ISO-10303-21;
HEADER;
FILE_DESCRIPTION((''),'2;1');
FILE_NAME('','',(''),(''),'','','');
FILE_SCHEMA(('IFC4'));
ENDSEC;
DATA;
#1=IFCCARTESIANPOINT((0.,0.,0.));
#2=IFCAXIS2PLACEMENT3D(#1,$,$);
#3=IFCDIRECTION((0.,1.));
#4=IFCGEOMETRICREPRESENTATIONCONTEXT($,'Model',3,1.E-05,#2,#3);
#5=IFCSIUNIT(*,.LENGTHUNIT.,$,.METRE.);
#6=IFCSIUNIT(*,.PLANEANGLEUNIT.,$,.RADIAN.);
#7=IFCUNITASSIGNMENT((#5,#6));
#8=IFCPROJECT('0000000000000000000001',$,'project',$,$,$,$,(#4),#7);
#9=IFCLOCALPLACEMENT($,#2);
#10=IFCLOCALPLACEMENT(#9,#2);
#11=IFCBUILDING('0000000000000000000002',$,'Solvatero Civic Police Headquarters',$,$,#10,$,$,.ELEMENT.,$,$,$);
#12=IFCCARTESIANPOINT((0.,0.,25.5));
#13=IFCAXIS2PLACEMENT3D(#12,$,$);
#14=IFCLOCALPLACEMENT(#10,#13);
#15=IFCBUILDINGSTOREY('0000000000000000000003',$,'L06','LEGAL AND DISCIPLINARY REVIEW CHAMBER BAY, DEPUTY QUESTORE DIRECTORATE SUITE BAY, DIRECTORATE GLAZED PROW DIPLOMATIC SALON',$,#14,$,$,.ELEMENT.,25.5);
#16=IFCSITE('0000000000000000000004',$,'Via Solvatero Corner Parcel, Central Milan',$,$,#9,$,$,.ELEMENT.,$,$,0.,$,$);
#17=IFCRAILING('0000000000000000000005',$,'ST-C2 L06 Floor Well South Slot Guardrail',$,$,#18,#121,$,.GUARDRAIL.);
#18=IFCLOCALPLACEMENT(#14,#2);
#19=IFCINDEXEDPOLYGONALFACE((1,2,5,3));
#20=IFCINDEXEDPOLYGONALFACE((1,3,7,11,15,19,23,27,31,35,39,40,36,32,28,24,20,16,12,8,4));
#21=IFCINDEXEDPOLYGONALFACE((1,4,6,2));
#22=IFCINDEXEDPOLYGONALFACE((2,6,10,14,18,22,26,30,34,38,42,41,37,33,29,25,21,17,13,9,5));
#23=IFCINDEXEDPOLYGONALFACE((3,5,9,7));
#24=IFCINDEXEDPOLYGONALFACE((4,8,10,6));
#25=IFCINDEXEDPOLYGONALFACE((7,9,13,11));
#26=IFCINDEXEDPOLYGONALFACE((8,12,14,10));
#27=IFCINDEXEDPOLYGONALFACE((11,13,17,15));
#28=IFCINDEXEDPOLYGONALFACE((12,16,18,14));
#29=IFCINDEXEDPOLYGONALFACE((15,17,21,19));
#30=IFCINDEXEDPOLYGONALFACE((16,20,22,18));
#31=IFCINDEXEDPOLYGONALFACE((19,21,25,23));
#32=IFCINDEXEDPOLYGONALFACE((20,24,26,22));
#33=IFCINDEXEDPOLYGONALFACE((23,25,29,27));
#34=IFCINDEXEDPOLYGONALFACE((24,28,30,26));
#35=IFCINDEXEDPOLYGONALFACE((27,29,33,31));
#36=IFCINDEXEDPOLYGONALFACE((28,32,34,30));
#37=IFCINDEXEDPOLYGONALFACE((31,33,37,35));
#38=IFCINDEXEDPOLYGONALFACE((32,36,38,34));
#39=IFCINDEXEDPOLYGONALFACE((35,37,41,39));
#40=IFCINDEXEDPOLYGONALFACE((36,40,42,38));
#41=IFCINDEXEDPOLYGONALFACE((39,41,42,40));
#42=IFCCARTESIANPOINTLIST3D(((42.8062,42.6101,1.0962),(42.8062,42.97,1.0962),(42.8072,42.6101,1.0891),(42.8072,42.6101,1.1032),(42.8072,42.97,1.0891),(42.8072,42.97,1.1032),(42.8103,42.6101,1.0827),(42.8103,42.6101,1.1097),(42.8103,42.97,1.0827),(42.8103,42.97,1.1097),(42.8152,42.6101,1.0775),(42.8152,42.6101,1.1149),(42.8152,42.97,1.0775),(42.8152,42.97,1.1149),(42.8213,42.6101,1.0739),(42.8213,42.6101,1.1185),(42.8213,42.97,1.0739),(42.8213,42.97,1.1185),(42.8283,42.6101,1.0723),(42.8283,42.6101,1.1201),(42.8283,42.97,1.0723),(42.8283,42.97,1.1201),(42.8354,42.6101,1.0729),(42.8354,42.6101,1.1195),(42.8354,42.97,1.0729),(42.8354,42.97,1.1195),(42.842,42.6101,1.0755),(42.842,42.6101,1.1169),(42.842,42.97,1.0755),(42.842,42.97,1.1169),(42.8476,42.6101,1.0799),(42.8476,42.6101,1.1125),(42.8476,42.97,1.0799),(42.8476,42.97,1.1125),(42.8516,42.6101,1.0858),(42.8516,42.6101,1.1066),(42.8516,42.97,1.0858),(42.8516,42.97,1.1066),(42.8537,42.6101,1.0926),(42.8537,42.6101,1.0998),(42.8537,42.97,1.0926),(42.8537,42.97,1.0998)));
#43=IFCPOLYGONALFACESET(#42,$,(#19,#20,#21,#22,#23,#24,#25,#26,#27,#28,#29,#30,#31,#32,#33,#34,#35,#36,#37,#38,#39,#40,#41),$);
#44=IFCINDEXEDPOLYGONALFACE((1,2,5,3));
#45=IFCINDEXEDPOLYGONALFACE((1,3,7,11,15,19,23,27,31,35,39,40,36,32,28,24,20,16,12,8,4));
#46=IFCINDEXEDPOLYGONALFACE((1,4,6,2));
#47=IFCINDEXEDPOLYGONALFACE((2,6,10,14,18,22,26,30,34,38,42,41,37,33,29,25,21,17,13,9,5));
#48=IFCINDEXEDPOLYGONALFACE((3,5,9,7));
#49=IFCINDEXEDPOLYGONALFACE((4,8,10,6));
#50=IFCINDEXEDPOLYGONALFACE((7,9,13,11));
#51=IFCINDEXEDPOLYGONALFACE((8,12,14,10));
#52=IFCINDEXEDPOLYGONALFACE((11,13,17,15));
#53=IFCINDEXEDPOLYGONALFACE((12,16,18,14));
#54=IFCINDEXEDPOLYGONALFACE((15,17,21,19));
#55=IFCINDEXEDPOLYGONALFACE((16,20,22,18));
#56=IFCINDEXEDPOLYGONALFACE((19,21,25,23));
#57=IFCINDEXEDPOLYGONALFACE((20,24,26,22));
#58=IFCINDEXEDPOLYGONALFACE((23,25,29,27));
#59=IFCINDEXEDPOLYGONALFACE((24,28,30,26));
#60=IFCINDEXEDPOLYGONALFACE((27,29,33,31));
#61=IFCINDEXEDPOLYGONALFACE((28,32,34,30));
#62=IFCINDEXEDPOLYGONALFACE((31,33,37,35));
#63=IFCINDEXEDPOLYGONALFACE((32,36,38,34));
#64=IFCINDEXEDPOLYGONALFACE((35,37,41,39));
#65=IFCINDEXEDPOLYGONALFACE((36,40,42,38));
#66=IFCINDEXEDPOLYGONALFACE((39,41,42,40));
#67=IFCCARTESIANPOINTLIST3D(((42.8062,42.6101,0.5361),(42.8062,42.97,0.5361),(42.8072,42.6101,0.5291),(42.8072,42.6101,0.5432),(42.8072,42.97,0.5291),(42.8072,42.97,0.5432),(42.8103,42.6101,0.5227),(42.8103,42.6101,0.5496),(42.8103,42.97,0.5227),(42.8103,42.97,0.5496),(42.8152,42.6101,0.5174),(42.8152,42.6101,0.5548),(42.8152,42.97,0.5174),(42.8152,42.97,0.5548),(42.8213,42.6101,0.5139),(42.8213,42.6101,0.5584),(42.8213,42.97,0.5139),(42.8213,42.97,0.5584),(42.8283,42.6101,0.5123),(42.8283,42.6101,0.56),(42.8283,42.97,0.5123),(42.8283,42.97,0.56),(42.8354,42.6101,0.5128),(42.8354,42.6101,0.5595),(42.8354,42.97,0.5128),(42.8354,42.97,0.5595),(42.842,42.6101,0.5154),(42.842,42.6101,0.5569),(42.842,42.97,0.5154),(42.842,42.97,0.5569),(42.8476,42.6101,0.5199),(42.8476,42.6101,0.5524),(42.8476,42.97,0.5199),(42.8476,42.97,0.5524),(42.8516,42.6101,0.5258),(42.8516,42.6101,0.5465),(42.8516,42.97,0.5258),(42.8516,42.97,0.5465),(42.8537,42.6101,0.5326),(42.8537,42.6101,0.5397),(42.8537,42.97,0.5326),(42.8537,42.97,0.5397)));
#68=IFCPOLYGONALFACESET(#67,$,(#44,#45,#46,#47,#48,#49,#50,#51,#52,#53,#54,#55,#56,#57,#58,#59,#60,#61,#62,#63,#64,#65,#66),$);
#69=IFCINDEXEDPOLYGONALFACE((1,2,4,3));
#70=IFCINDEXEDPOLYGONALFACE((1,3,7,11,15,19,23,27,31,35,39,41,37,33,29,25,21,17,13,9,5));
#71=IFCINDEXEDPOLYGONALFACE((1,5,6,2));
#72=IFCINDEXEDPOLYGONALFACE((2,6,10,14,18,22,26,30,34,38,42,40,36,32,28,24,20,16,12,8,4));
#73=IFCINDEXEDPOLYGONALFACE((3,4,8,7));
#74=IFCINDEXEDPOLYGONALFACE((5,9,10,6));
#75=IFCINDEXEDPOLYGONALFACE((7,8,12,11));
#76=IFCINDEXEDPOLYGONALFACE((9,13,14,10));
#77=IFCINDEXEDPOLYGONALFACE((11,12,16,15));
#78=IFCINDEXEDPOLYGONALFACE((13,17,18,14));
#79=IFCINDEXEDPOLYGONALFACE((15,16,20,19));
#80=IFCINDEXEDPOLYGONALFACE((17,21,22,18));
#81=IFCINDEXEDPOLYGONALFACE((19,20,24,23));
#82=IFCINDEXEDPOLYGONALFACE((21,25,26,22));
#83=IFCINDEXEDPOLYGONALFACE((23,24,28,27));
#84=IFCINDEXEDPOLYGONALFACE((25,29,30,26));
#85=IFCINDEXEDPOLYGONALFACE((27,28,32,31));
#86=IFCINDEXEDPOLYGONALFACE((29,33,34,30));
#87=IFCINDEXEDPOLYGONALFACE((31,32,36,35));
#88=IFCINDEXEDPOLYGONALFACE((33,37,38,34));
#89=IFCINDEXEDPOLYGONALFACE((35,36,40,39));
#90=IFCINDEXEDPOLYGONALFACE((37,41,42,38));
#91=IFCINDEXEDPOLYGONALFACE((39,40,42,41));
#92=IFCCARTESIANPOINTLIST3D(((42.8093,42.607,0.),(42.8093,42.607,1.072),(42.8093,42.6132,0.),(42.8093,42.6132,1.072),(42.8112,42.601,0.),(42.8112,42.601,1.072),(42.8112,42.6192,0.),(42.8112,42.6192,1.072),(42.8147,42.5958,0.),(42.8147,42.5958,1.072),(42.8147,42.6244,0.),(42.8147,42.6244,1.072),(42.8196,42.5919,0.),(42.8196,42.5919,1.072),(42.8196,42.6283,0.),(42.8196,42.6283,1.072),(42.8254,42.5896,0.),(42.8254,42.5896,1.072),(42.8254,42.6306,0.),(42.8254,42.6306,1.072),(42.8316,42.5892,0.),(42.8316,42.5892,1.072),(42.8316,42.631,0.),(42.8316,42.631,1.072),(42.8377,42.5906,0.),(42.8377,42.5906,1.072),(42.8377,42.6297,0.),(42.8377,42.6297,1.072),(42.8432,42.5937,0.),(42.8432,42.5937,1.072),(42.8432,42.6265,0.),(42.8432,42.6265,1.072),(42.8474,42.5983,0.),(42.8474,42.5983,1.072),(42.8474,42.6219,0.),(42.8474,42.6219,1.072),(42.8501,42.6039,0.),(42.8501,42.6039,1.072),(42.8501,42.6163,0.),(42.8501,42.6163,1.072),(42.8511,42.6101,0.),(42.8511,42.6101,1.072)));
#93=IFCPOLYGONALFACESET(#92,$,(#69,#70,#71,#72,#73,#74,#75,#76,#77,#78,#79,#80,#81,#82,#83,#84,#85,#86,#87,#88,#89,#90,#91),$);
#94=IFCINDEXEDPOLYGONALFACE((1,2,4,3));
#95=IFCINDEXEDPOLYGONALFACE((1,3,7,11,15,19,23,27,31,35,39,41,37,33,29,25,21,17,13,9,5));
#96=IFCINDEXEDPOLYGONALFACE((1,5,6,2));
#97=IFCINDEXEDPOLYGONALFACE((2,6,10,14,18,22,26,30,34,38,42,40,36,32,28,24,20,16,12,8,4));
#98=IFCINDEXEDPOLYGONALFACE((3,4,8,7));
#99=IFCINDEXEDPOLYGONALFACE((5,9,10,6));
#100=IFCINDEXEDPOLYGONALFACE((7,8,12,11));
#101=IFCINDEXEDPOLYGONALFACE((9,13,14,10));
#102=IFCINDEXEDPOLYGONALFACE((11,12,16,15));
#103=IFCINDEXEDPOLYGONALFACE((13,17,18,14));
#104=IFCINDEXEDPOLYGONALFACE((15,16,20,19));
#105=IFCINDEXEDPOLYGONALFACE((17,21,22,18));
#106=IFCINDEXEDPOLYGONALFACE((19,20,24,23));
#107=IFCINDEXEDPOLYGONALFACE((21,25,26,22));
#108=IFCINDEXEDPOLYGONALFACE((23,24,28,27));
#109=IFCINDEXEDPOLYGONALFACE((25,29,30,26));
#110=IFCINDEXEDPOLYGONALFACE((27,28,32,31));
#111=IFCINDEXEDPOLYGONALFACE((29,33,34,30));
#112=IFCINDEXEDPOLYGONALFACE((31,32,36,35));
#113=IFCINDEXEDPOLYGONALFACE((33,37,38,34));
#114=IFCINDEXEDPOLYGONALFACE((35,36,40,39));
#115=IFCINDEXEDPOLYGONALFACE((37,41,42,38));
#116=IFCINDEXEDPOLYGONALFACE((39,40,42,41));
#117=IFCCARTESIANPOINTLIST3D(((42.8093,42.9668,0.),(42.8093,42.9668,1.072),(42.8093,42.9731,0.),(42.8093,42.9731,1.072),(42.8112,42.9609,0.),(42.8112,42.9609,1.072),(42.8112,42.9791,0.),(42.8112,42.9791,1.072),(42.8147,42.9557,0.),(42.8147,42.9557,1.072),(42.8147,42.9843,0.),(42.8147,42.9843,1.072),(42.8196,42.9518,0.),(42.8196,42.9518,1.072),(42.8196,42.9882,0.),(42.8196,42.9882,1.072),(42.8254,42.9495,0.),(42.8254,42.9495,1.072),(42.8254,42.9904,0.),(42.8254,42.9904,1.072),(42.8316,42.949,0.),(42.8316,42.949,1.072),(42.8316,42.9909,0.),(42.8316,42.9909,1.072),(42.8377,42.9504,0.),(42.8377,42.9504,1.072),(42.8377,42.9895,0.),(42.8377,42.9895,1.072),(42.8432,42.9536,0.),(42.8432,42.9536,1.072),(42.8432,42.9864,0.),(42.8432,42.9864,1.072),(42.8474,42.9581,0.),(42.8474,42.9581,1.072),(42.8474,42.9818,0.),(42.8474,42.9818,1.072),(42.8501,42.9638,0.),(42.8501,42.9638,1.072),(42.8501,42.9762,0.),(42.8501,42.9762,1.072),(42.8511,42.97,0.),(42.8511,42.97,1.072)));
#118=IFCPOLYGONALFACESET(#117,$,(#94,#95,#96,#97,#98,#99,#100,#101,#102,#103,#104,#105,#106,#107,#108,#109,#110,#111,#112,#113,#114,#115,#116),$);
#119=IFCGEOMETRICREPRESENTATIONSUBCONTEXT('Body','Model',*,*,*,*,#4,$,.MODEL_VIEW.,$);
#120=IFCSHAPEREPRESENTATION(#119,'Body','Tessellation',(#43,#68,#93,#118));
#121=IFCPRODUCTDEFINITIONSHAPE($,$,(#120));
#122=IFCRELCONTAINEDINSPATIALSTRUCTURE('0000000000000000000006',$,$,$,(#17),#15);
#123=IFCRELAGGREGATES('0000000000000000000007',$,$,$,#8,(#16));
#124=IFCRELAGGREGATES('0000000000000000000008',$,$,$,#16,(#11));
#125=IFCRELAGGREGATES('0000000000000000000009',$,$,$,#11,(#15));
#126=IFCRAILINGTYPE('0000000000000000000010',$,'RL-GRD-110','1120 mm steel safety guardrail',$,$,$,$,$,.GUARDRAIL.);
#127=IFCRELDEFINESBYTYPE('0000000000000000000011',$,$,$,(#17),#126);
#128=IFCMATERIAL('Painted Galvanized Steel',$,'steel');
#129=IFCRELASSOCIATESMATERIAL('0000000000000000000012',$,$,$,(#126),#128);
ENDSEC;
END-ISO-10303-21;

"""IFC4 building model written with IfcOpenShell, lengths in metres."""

from ifc_helpers import new_model, si_unit, direction, frame, origin, origin_2d, place, context, subcontext, project, spatial, circle, extrude, material, type_object, element, save


model = new_model("IFC4")

# Units and contexts
model_context = context("Model", 3, precision=1e-05, world=origin(), true_north=direction((0.0, 1.0)))
body_context = subcontext(model_context, "Body", "Model", "MODEL_VIEW")
ifc_project = project(units=[si_unit("LENGTHUNIT", "METRE"), si_unit("PLANEANGLEUNIT", "RADIAN")], contexts=[model_context])

# Site, building, storey
site_placement = place(None, origin())
site = spatial("IfcSite", under=ifc_project, at=site_placement, Name="Via Solvatero Corner Parcel, Central Milan", CompositionType="ELEMENT", RefElevation=0.0)
building_placement = place(site_placement, origin())
building = spatial("IfcBuilding", under=site, at=building_placement, Name="Solvatero Civic Police Headquarters", CompositionType="ELEMENT")
storey_placement = place(building_placement, frame((0.0, 0.0, 25.5)))
storey = spatial("IfcBuildingStorey", under=building, at=storey_placement, Name="L06", Description="LEGAL AND DISCIPLINARY REVIEW CHAMBER BAY, DEPUTY QUESTORE DIRECTORATE SUITE BAY, DIRECTORATE GLAZED PROW DIPLOMATIC SALON", CompositionType="ELEMENT", Elevation=25.5)

# Railing
ifc_material_1 = material(Name="Painted Galvanized Steel", Category="steel")
railing_type_1 = type_object("IfcRailingType", Name="RL-GRD-110", Description="1120 mm steel safety guardrail", PredefinedType="GUARDRAIL", material=ifc_material_1)
railing_1_placement = place(storey_placement, frame((42.8301, 42.6101, 0.0)))
element("IfcRailing", 1, at=railing_1_placement, inside=storey, type_object=railing_type_1, Name="ST-C2 L06 Floor Well South Slot Guardrail", PredefinedType="GUARDRAIL", context=body_context, shape_type="SweptSolid", body=[
    extrude(circle(Radius=0.0239, at=origin_2d()), frame((0.0, 0.0, 1.0962), z_axis=(0.0, 1.0, 0.0), x_axis=(-1.0, 0.0, 0.0)), (0.0, 0.0, 1.0), 0.3599),
    extrude(circle(Radius=0.0239, at=origin_2d()), frame((0.0, 0.0, 0.5361), z_axis=(0.0, 1.0, 0.0), x_axis=(-1.0, 0.0, 0.0)), (0.0, 0.0, 1.0), 0.3599),
    extrude(circle(Radius=0.021, at=origin_2d()), origin(), (0.0, 0.0, 1.0), 1.072),
    extrude(circle(Radius=0.021, at=origin_2d()), frame((0.0, 0.3599, 0.0)), (0.0, 0.0, 1.0), 1.072),
])

save(model, "model.ifc")
